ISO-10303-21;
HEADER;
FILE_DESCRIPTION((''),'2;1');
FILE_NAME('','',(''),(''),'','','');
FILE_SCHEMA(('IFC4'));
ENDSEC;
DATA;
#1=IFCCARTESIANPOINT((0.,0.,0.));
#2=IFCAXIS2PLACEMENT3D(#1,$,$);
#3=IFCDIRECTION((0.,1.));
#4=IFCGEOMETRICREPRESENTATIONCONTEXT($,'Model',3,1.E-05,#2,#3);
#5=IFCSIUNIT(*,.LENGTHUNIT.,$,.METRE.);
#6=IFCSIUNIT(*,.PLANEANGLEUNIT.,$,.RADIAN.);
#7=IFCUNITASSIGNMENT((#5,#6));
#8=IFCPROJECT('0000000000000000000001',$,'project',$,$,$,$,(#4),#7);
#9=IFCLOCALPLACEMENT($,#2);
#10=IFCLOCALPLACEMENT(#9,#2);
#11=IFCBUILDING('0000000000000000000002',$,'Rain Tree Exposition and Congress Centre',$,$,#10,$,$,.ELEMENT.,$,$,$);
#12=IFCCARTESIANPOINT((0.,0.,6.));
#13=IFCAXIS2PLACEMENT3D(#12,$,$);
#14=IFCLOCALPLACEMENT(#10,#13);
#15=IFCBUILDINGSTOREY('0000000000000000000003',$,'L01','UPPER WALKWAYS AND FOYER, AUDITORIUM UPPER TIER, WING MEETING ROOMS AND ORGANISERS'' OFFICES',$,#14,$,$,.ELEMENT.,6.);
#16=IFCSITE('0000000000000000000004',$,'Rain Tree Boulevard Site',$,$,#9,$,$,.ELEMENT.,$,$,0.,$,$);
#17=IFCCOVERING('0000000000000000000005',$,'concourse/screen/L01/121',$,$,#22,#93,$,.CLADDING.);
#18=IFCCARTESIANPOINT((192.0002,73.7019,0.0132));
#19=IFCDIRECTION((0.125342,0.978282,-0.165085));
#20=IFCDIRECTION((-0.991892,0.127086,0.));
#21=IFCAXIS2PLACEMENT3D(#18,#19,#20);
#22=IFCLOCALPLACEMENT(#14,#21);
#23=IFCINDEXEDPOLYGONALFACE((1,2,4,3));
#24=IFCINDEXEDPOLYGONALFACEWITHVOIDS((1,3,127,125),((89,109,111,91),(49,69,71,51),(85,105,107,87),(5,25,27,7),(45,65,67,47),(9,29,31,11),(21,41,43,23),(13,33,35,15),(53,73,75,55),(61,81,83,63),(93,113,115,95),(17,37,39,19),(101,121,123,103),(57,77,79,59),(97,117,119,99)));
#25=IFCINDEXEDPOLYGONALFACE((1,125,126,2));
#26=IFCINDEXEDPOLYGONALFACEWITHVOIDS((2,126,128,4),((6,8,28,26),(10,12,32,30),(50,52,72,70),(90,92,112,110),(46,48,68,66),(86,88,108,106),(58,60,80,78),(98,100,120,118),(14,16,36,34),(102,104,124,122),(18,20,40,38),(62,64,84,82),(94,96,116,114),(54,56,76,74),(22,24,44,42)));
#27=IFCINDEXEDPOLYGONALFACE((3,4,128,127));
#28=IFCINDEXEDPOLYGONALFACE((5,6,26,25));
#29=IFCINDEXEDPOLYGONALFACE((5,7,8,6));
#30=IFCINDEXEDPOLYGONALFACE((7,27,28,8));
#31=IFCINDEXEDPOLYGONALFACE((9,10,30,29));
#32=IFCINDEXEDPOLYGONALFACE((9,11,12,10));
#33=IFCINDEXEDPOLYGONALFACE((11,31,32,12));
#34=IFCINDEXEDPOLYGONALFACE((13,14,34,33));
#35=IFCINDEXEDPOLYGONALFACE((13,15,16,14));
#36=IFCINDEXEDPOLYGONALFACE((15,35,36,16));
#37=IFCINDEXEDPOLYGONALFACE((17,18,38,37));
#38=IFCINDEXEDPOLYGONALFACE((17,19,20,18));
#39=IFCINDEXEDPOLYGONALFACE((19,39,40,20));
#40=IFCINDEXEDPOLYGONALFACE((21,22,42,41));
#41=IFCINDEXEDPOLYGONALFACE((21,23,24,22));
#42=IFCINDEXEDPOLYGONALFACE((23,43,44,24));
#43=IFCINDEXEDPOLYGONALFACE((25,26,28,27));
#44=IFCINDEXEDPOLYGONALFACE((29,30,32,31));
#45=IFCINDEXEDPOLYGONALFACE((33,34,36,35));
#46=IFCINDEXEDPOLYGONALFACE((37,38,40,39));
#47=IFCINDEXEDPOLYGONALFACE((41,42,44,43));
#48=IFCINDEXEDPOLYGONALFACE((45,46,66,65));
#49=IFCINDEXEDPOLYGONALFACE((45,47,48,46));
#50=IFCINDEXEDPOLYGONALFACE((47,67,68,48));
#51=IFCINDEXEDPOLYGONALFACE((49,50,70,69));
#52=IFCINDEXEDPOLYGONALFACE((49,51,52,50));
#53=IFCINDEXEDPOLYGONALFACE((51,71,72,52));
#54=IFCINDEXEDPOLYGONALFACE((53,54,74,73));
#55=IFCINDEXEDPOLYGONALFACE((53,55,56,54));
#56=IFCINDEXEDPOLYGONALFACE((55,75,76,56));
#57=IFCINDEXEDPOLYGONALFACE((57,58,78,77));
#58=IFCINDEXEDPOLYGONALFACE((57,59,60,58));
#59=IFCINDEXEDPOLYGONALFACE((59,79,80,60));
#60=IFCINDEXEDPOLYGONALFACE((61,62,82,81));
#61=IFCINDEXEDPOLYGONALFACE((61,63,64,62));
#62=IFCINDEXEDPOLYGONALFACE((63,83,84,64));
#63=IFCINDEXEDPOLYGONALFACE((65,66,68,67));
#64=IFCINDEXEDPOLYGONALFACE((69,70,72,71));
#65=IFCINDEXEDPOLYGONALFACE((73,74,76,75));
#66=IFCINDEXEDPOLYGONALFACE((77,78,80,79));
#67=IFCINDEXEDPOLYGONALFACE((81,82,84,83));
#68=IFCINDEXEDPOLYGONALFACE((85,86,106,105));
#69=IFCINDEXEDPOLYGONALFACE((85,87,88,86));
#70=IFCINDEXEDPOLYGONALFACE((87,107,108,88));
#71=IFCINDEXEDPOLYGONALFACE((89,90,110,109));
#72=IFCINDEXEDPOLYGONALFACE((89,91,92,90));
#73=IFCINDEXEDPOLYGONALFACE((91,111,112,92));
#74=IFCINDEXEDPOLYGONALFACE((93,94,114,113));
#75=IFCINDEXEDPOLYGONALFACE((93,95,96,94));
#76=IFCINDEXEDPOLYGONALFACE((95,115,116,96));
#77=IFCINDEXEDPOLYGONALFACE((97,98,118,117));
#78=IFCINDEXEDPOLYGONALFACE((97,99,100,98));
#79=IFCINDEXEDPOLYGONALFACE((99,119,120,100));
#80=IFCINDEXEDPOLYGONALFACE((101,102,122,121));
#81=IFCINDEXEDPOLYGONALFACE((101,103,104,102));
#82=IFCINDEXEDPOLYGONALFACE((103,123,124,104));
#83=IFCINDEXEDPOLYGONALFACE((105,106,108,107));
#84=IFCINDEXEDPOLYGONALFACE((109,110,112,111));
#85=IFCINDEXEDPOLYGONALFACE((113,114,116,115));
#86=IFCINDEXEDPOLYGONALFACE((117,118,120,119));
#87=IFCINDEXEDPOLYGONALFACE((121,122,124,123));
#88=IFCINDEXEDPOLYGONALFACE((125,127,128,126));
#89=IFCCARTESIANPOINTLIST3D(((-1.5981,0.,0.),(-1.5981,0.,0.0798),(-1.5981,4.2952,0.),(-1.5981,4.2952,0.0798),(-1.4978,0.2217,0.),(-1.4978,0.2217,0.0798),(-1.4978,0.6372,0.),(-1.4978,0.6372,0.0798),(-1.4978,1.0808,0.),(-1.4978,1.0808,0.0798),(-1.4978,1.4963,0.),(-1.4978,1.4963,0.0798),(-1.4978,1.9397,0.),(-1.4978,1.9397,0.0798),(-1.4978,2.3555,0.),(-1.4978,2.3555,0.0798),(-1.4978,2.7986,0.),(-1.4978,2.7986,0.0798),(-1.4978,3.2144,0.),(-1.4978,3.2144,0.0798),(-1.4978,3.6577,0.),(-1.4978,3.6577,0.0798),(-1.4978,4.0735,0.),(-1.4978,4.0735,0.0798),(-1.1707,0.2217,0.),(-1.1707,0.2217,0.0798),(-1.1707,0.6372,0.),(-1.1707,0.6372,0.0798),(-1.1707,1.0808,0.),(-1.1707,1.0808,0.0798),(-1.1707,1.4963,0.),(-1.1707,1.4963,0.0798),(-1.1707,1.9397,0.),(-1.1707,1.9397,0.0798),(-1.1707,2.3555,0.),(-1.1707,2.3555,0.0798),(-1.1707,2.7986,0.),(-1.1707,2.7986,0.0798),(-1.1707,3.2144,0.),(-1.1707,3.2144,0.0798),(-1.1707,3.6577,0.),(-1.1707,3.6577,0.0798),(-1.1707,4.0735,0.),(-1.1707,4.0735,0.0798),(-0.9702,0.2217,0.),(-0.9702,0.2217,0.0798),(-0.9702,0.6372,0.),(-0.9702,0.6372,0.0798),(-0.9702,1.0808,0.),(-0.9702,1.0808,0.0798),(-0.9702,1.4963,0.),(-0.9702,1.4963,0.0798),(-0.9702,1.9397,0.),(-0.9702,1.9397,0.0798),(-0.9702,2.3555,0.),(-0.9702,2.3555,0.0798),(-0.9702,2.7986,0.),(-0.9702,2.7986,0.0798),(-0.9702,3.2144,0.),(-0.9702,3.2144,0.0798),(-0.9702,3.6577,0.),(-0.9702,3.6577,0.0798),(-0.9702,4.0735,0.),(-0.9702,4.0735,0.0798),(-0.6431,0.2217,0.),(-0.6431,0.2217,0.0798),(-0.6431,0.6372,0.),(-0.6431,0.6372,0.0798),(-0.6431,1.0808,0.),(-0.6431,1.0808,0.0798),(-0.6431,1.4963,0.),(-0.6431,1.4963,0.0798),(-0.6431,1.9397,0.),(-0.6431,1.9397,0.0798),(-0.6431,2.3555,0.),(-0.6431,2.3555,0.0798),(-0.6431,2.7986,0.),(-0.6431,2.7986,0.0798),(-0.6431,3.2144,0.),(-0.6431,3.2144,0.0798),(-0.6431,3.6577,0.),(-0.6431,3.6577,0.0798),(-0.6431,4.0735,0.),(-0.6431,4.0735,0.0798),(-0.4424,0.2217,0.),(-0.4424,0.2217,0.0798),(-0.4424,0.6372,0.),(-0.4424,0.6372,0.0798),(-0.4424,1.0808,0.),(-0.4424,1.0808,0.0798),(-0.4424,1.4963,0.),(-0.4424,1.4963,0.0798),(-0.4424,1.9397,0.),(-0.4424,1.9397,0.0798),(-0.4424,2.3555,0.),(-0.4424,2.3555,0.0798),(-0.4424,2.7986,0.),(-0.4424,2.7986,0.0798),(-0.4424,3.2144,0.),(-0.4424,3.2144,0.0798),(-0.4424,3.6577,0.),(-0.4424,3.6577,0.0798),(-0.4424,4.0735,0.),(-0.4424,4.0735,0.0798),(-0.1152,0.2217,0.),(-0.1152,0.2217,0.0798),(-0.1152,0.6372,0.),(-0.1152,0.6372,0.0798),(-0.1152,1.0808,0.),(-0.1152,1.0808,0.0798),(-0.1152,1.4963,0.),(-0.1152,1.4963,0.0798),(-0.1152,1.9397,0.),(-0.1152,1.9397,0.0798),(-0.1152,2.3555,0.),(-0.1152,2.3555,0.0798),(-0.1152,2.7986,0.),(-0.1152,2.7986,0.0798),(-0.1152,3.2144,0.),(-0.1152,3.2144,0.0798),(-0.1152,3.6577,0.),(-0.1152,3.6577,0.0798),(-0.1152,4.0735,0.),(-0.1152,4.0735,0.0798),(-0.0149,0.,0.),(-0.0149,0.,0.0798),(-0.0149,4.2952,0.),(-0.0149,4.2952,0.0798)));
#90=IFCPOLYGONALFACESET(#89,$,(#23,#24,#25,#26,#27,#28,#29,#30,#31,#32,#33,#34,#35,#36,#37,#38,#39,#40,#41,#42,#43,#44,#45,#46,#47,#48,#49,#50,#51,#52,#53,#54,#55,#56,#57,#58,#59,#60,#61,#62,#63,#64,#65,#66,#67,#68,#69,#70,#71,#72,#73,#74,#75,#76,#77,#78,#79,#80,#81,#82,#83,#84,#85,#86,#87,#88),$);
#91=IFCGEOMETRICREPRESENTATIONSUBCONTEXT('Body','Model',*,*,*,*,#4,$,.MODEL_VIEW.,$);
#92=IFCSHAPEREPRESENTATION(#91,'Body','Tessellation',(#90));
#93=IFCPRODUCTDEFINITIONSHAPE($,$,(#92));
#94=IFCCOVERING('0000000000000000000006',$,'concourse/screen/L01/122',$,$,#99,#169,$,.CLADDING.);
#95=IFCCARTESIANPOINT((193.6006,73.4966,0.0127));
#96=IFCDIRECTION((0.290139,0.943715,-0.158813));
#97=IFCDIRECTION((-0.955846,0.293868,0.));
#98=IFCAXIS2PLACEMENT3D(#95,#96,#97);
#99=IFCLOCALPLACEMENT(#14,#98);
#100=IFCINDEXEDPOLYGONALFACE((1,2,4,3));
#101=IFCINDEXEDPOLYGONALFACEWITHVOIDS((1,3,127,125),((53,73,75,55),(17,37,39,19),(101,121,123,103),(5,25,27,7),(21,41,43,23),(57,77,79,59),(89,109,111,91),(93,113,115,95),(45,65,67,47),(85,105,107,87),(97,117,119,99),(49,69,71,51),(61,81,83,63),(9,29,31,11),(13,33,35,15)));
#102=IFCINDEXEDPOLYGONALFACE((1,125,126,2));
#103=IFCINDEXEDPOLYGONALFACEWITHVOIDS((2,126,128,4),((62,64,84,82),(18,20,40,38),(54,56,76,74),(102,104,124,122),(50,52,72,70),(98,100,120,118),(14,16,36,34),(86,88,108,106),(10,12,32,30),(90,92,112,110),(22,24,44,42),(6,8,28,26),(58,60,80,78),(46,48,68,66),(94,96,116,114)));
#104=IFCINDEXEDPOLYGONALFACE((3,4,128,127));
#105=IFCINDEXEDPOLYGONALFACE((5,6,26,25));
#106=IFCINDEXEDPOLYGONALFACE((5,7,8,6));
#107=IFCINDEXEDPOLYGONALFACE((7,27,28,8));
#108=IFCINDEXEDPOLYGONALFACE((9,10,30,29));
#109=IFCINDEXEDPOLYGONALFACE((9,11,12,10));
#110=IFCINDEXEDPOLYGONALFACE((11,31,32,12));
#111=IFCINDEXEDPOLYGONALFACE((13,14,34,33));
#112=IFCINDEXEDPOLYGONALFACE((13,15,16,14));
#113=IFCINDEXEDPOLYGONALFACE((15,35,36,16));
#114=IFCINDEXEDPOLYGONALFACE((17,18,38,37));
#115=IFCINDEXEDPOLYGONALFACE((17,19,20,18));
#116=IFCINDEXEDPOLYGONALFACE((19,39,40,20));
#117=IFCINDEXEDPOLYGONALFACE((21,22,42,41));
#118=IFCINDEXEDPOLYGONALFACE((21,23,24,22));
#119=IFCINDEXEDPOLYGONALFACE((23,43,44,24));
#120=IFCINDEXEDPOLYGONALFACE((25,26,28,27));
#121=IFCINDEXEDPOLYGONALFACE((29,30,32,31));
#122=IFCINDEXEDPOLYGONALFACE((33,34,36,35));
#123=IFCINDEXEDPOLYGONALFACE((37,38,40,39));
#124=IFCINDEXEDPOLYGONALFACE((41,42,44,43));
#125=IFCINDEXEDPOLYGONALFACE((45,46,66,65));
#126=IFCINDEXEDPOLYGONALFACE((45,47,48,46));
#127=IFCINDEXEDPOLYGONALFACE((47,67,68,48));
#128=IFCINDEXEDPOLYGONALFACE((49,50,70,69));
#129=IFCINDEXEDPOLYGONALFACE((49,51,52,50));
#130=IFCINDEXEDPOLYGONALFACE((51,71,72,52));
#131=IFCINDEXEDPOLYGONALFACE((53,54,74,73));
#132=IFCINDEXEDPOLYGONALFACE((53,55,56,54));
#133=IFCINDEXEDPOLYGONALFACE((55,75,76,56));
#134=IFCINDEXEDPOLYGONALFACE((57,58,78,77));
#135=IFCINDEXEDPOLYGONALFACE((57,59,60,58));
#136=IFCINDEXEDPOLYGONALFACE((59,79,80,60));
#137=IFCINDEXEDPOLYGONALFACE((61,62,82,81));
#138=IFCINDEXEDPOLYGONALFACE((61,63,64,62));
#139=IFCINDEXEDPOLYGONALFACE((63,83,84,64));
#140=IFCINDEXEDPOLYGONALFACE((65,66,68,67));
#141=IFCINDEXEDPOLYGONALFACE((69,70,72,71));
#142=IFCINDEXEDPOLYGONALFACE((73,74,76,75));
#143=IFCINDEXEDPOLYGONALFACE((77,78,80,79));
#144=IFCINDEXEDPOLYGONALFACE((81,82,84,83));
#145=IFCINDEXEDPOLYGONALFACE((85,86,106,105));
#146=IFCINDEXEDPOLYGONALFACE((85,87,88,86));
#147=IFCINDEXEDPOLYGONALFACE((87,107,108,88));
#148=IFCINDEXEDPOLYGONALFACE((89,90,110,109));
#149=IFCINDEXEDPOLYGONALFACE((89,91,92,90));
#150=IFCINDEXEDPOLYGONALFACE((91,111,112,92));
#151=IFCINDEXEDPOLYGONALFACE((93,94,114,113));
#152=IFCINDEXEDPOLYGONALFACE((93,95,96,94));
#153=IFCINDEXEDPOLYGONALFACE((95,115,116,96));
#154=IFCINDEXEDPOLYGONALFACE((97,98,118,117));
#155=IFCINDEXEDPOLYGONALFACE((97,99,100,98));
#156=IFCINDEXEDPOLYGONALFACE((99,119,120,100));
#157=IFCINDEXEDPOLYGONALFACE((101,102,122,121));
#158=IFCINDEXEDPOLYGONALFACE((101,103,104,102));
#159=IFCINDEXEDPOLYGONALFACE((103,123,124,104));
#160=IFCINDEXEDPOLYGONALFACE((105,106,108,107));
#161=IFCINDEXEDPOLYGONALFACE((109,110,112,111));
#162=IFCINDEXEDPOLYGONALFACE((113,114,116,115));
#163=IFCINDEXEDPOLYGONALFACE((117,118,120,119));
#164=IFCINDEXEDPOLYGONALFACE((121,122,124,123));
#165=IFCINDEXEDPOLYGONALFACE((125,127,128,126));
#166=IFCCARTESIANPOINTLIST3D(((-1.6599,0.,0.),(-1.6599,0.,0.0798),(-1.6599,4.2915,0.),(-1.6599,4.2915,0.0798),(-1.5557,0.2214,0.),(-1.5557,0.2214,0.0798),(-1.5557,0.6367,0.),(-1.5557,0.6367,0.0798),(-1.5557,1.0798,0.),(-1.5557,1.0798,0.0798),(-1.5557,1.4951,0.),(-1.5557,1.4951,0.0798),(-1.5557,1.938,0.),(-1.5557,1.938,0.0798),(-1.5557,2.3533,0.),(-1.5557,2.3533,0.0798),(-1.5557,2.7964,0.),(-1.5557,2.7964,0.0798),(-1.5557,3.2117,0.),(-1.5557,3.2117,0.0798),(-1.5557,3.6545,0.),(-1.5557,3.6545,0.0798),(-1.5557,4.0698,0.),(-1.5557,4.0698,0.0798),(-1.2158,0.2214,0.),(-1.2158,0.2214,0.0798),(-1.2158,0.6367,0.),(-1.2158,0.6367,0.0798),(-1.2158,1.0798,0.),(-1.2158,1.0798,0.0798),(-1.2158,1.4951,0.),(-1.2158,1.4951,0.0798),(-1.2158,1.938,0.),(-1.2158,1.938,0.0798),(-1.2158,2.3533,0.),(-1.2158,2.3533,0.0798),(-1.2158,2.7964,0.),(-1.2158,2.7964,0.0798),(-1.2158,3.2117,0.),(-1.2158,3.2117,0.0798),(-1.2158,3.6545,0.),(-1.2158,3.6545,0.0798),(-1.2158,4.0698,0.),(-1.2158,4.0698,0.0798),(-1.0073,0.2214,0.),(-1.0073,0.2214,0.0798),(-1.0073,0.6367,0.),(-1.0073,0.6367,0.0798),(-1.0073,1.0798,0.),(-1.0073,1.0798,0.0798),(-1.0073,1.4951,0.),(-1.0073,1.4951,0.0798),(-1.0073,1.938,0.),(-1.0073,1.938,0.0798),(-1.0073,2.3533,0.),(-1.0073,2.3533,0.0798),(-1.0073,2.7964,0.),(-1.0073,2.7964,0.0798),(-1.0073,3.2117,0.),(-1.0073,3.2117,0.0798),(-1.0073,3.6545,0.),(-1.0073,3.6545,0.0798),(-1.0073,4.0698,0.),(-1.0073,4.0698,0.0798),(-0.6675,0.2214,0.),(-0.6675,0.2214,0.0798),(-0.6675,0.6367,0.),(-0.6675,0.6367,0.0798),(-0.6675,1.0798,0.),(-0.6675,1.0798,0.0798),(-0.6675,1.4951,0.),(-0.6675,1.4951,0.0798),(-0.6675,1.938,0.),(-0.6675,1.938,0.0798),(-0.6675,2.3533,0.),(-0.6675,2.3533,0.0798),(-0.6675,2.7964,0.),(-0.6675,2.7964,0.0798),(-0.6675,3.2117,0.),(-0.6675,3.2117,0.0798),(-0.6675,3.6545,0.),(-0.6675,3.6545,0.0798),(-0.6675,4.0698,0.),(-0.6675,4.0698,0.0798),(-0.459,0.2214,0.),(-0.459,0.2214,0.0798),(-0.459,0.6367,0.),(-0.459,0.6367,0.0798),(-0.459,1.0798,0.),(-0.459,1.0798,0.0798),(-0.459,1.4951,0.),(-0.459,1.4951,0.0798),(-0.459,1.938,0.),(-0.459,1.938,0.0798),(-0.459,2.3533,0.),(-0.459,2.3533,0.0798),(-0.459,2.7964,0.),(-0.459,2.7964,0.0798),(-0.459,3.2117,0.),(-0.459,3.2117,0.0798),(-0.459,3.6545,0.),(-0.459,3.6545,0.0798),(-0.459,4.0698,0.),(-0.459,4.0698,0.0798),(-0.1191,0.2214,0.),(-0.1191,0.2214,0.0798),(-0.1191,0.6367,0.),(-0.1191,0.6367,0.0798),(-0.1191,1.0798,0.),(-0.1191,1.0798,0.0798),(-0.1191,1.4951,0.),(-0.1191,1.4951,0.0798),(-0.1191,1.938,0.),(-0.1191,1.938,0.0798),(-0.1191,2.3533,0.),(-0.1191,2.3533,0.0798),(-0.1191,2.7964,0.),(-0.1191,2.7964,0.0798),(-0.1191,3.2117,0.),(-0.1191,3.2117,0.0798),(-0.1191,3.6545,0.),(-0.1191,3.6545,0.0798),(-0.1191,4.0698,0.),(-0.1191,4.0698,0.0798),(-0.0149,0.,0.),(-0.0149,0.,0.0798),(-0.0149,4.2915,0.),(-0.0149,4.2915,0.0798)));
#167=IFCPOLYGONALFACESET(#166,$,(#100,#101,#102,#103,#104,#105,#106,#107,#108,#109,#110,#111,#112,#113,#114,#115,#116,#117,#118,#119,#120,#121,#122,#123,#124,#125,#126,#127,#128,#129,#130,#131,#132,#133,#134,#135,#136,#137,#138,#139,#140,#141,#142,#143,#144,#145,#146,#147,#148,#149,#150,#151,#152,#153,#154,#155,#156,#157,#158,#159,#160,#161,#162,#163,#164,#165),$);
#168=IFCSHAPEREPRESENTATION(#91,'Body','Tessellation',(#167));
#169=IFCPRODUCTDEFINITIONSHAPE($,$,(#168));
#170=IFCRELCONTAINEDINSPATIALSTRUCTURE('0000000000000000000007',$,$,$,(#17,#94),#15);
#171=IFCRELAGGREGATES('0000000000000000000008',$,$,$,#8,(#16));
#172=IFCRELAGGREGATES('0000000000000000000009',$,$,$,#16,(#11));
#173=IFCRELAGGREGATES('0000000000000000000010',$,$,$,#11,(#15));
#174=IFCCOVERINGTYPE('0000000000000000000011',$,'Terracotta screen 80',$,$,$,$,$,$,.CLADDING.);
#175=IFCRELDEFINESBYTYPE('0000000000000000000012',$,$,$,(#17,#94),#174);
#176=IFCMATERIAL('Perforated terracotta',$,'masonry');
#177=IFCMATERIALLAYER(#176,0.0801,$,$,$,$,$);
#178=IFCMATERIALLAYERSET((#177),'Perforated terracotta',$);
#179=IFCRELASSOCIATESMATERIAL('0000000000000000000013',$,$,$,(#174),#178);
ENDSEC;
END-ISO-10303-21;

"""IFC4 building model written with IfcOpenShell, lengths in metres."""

from ifc_helpers import new_model, si_unit, direction, frame, origin, place, context, subcontext, project, spatial, polyline, outline, extrude, material, layer, layer_set, type_object, element, save


model = new_model("IFC4")

# Units and contexts
model_context = context("Model", 3, precision=1e-05, world=origin(), true_north=direction((0.0, 1.0)))
body_context = subcontext(model_context, "Body", "Model", "MODEL_VIEW")
ifc_project = project(units=[si_unit("LENGTHUNIT", "METRE"), si_unit("PLANEANGLEUNIT", "RADIAN")], contexts=[model_context])

# Site, building, storey
site_placement = place(None, origin())
site = spatial("IfcSite", under=ifc_project, at=site_placement, Name="Rain Tree Boulevard Site", CompositionType="ELEMENT", RefElevation=0.0)
building_placement = place(site_placement, origin())
building = spatial("IfcBuilding", under=site, at=building_placement, Name="Rain Tree Exposition and Congress Centre", CompositionType="ELEMENT")
storey_placement = place(building_placement, frame((0.0, 0.0, 6.0)))
storey = spatial("IfcBuildingStorey", under=building, at=storey_placement, Name="L01", Description="UPPER WALKWAYS AND FOYER, AUDITORIUM UPPER TIER, WING MEETING ROOMS AND ORGANISERS' OFFICES", CompositionType="ELEMENT", Elevation=6.0)

# Coverings
ifc_material_1 = material(Name="Perforated terracotta", Category="masonry")
ifc_layer_1 = layer(ifc_material_1, 0.0801)
ifc_layer_set_1 = layer_set([ifc_layer_1], Name="Perforated terracotta")
covering_type = type_object("IfcCoveringType", Name="Terracotta screen 80", PredefinedType="CLADDING", material=ifc_layer_set_1)
covering_1_placement = place(storey_placement, frame((192.0002, 73.7019, 0.0132), z_axis=(0.125342, 0.978282, -0.165085), x_axis=(-0.991892, 0.127086, 0.0)))
element("IfcCovering", 1, at=covering_1_placement, inside=storey, type_object=covering_type, Name="concourse/screen/L01/121", PredefinedType="CLADDING", context=body_context, shape_type="SweptSolid", body=[
    extrude(outline(polyline([(-1.5981, 0.0), (-1.5981, 4.2952), (-0.0149, 4.2952), (-0.0149, 0.0), (-1.5981, 0.0)]), holes=[polyline([(-0.1152, 0.2217), (-0.1152, 0.6372), (-0.4424, 0.6372), (-0.4424, 0.2217), (-0.1152, 0.2217)]), polyline([(-0.1152, 1.0808), (-0.1152, 1.4963), (-0.4424, 1.4963), (-0.4424, 1.0808), (-0.1152, 1.0808)]), polyline([(-0.1152, 1.9397), (-0.1152, 2.3555), (-0.4424, 2.3555), (-0.4424, 1.9397), (-0.1152, 1.9397)]), polyline([(-0.1152, 2.7986), (-0.1152, 3.2144), (-0.4424, 3.2144), (-0.4424, 2.7986), (-0.1152, 2.7986)]), polyline([(-0.1152, 3.6577), (-0.1152, 4.0735), (-0.4424, 4.0735), (-0.4424, 3.6577), (-0.1152, 3.6577)]), polyline([(-0.6431, 0.2217), (-0.6431, 0.6372), (-0.9702, 0.6372), (-0.9702, 0.2217), (-0.6431, 0.2217)]), polyline([(-0.6431, 1.0808), (-0.6431, 1.4963), (-0.9702, 1.4963), (-0.9702, 1.0808), (-0.6431, 1.0808)]), polyline([(-0.6431, 1.9397), (-0.6431, 2.3555), (-0.9702, 2.3555), (-0.9702, 1.9397), (-0.6431, 1.9397)]), polyline([(-0.6431, 2.7986), (-0.6431, 3.2144), (-0.9702, 3.2144), (-0.9702, 2.7986), (-0.6431, 2.7986)]), polyline([(-0.6431, 3.6577), (-0.6431, 4.0735), (-0.9702, 4.0735), (-0.9702, 3.6577), (-0.6431, 3.6577)]), polyline([(-1.1707, 0.2217), (-1.1707, 0.6372), (-1.4978, 0.6372), (-1.4978, 0.2217), (-1.1707, 0.2217)]), polyline([(-1.1707, 1.0808), (-1.1707, 1.4963), (-1.4978, 1.4963), (-1.4978, 1.0808), (-1.1707, 1.0808)]), polyline([(-1.1707, 1.9397), (-1.1707, 2.3555), (-1.4978, 2.3555), (-1.4978, 1.9397), (-1.1707, 1.9397)]), polyline([(-1.1707, 2.7986), (-1.1707, 3.2144), (-1.4978, 3.2144), (-1.4978, 2.7986), (-1.1707, 2.7986)]), polyline([(-1.1707, 3.6577), (-1.1707, 4.0735), (-1.4978, 4.0735), (-1.4978, 3.6577), (-1.1707, 3.6577)])]), origin(), (0.0, 0.0, 1.0), 0.0798),
])
covering_2_placement = place(storey_placement, frame((193.6006, 73.4966, 0.0127), z_axis=(0.290139, 0.943715, -0.158813), x_axis=(-0.955846, 0.293868, 0.0)))
element("IfcCovering", 2, at=covering_2_placement, inside=storey, type_object=covering_type, Name="concourse/screen/L01/122", PredefinedType="CLADDING", context=body_context, shape_type="SweptSolid", body=[
    extrude(outline(polyline([(-1.6599, 0.0), (-1.6599, 4.2915), (-0.0149, 4.2915), (-0.0149, 0.0), (-1.6599, 0.0)]), holes=[polyline([(-0.1191, 0.2214), (-0.1191, 0.6367), (-0.459, 0.6367), (-0.459, 0.2214), (-0.1191, 0.2214)]), polyline([(-0.1191, 1.0798), (-0.1191, 1.4951), (-0.459, 1.4951), (-0.459, 1.0798), (-0.1191, 1.0798)]), polyline([(-0.1191, 1.938), (-0.1191, 2.3533), (-0.459, 2.3533), (-0.459, 1.938), (-0.1191, 1.938)]), polyline([(-0.1191, 2.7964), (-0.1191, 3.2117), (-0.459, 3.2117), (-0.459, 2.7964), (-0.1191, 2.7964)]), polyline([(-0.1191, 3.6545), (-0.1191, 4.0698), (-0.459, 4.0698), (-0.459, 3.6545), (-0.1191, 3.6545)]), polyline([(-0.6675, 0.2214), (-0.6675, 0.6367), (-1.0073, 0.6367), (-1.0073, 0.2214), (-0.6675, 0.2214)]), polyline([(-0.6675, 1.0798), (-0.6675, 1.4951), (-1.0073, 1.4951), (-1.0073, 1.0798), (-0.6675, 1.0798)]), polyline([(-0.6675, 1.938), (-0.6675, 2.3533), (-1.0073, 2.3533), (-1.0073, 1.938), (-0.6675, 1.938)]), polyline([(-0.6675, 2.7964), (-0.6675, 3.2117), (-1.0073, 3.2117), (-1.0073, 2.7964), (-0.6675, 2.7964)]), polyline([(-0.6675, 3.6545), (-0.6675, 4.0698), (-1.0073, 4.0698), (-1.0073, 3.6545), (-0.6675, 3.6545)]), polyline([(-1.2158, 0.2214), (-1.2158, 0.6367), (-1.5557, 0.6367), (-1.5557, 0.2214), (-1.2158, 0.2214)]), polyline([(-1.2158, 1.0798), (-1.2158, 1.4951), (-1.5557, 1.4951), (-1.5557, 1.0798), (-1.2158, 1.0798)]), polyline([(-1.2158, 1.938), (-1.2158, 2.3533), (-1.5557, 2.3533), (-1.5557, 1.938), (-1.2158, 1.938)]), polyline([(-1.2158, 2.7964), (-1.2158, 3.2117), (-1.5557, 3.2117), (-1.5557, 2.7964), (-1.2158, 2.7964)]), polyline([(-1.2158, 3.6545), (-1.2158, 4.0698), (-1.5557, 4.0698), (-1.5557, 3.6545), (-1.2158, 3.6545)])]), origin(), (0.0, 0.0, 1.0), 0.0798),
])

save(model, "model.ifc")
